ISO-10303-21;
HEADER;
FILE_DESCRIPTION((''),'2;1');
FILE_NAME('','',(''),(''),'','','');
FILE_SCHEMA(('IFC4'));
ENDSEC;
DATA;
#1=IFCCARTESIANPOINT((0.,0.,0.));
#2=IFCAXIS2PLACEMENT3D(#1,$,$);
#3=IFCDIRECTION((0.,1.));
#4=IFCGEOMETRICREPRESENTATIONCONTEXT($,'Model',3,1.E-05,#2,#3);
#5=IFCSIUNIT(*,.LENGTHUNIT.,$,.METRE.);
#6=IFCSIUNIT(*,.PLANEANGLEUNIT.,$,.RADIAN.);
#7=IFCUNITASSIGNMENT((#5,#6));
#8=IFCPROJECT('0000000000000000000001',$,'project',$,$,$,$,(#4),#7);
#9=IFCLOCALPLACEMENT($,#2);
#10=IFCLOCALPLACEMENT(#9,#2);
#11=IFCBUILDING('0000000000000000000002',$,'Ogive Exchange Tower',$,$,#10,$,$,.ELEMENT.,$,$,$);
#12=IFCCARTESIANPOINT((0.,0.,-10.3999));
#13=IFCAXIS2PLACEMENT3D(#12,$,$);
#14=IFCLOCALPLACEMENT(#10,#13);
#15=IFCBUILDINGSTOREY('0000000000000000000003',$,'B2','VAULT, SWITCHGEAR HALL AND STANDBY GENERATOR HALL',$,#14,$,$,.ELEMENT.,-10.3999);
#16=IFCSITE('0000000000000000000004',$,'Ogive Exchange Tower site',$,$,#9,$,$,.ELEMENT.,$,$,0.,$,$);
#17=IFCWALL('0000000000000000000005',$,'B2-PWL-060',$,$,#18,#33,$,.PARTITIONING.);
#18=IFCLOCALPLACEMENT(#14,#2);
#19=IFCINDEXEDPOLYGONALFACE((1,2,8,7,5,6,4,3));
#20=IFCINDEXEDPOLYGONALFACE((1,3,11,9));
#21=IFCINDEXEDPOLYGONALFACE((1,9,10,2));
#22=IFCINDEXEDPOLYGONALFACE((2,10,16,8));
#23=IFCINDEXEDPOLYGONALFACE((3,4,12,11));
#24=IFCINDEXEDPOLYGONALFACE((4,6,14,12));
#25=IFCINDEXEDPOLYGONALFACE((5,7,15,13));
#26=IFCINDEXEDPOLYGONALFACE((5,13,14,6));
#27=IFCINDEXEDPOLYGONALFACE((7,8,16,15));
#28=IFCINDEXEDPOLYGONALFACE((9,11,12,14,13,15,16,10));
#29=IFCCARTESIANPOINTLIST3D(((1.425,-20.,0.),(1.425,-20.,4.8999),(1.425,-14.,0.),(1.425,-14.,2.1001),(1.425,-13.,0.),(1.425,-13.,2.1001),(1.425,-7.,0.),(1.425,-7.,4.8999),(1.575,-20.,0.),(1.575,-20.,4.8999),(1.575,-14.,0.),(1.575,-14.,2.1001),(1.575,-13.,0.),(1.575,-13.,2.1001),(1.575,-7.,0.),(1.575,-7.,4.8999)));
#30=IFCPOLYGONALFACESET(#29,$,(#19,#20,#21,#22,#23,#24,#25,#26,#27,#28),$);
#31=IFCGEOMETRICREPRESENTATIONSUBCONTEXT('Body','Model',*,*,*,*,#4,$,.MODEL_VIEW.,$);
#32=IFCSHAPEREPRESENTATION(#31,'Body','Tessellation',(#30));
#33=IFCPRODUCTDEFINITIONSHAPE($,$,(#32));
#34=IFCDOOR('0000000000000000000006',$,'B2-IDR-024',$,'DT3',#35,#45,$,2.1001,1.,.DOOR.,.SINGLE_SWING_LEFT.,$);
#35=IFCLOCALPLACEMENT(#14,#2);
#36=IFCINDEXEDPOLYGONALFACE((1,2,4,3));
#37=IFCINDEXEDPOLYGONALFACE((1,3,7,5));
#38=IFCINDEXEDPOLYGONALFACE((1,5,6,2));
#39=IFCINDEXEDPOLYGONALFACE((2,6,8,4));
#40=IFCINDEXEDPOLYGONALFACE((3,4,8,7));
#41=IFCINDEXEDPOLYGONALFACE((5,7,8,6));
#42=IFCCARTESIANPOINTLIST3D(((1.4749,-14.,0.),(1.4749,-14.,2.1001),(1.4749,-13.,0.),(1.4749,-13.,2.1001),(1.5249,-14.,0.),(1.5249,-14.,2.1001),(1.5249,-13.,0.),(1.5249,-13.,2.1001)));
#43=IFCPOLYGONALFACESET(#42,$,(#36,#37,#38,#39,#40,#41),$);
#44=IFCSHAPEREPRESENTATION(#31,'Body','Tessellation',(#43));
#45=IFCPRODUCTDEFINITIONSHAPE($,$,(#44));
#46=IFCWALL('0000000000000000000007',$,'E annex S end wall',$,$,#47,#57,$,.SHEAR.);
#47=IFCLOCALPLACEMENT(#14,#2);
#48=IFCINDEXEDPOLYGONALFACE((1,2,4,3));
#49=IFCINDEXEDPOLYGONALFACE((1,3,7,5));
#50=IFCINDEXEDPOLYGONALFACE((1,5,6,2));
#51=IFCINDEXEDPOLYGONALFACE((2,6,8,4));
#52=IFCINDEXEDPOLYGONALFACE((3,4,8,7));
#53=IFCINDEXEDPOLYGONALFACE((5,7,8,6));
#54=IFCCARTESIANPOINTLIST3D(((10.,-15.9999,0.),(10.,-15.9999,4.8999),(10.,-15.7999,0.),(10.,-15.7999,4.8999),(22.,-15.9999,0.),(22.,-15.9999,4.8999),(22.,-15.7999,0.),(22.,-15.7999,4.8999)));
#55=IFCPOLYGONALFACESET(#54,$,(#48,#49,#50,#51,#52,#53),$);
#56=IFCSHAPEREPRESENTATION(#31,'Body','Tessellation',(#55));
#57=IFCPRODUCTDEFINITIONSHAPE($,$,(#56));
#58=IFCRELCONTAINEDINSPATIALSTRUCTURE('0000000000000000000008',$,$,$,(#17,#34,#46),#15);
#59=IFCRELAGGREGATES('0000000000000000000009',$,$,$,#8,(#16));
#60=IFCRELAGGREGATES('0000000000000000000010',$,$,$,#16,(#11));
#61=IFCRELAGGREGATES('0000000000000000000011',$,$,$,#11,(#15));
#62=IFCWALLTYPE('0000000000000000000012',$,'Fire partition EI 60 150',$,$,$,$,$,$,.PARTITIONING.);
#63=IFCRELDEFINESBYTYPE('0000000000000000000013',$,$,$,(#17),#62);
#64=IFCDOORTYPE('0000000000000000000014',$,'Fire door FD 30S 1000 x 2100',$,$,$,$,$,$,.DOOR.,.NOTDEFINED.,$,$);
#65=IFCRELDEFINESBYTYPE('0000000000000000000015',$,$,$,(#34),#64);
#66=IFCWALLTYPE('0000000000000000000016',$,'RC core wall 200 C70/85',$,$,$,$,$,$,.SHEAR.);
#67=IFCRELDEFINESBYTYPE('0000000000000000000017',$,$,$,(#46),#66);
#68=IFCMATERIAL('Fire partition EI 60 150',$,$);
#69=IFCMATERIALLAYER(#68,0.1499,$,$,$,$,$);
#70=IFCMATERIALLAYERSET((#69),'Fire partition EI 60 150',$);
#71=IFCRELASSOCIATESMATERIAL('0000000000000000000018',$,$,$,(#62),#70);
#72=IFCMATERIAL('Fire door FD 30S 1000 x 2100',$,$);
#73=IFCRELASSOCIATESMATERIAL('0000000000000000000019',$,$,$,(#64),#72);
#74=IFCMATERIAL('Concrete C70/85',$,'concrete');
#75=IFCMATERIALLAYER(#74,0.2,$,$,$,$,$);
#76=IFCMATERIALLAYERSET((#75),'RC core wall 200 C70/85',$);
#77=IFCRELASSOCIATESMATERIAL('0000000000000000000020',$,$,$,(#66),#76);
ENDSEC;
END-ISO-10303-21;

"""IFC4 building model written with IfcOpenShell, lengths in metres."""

from ifc_helpers import new_model, si_unit, direction, frame, frame_2d, origin, place, context, subcontext, project, spatial, rectangle, extrude, material, layer, layer_set, type_object, element, fill, save


model = new_model("IFC4")

# Units and contexts
model_context = context("Model", 3, precision=1e-05, world=origin(), true_north=direction((0.0, 1.0)))
body_context = subcontext(model_context, "Body", "Model", "MODEL_VIEW")
ifc_project = project(units=[si_unit("LENGTHUNIT", "METRE"), si_unit("PLANEANGLEUNIT", "RADIAN")], contexts=[model_context])

# Site, building, storey
site_placement = place(None, origin())
site = spatial("IfcSite", under=ifc_project, at=site_placement, Name="Ogive Exchange Tower site", CompositionType="ELEMENT", RefElevation=0.0)
building_placement = place(site_placement, origin())
building = spatial("IfcBuilding", under=site, at=building_placement, Name="Ogive Exchange Tower", CompositionType="ELEMENT")
storey_placement = place(building_placement, frame((0.0, 0.0, -10.3999)))
storey = spatial("IfcBuildingStorey", under=building, at=storey_placement, Name="B2", Description="VAULT, SWITCHGEAR HALL AND STANDBY GENERATOR HALL", CompositionType="ELEMENT", Elevation=-10.3999)

# Shared definitions
ifc_material_1 = material(Name="Fire partition EI 60 150")
ifc_layer_1 = layer(ifc_material_1, 0.1499)
ifc_layer_set_1 = layer_set([ifc_layer_1], Name="Fire partition EI 60 150")
wall_type_1 = type_object("IfcWallType", Name="Fire partition EI 60 150", PredefinedType="PARTITIONING", material=ifc_layer_set_1)

# Wall, opening, door
wall_1_placement = place(storey_placement, frame((1.5, -20.0, 0.0), z_axis=(0.0, 0.0, 1.0), x_axis=(0.0, 1.0, 0.0)))
wall_1 = element("IfcWall", 1, at=wall_1_placement, inside=storey, type_object=wall_type_1, Name="B2-PWL-060", PredefinedType="PARTITIONING", context=body_context, shape_type="SweptSolid", body=[
    extrude(rectangle(XDim=13.0, YDim=0.1499, at=frame_2d((6.5, 0.0))), origin(), (0.0, 0.0, 1.0), 4.8999),
])
opening_1_placement = place(wall_1_placement, frame((6.0, 0.0, 0.0)))
opening_1 = element("IfcOpeningElement", 2, at=opening_1_placement, cuts=wall_1, PredefinedType="OPENING", context=body_context, shape_type="SweptSolid", body=[
    extrude(rectangle(XDim=1.0, YDim=2.1001, at=frame_2d((0.5, 1.05))), frame((0.0, 0.085, 0.0), z_axis=(0.0, -1.0, 0.0), x_axis=(1.0, 0.0, 0.0)), (0.0, 0.0, 1.0), 0.1699),
])
ifc_material_2 = material(Name="Fire door FD 30S 1000 x 2100")
door_type_1 = type_object("IfcDoorType", Name="Fire door FD 30S 1000 x 2100", OperationType="NOTDEFINED", PredefinedType="DOOR", material=ifc_material_2)
door_1_placement = place(opening_1_placement, frame((1.0, 0.0, 0.0), z_axis=(0.0, 0.0, 1.0), x_axis=(-1.0, 0.0, 0.0)))
door_1 = element("IfcDoor", 3, at=door_1_placement, inside=storey, type_object=door_type_1, Name="B2-IDR-024", ObjectType="DT3", OperationType="SINGLE_SWING_LEFT", OverallHeight=2.1001, OverallWidth=1.0, PredefinedType="DOOR", context=body_context, shape_type="SweptSolid", body=[
    extrude(rectangle(XDim=1.0, YDim=2.1001, at=frame_2d((0.5, 1.05))), frame((0.0, 0.0249, 0.0), z_axis=(0.0, -1.0, 0.0), x_axis=(1.0, 0.0, 0.0)), (0.0, 0.0, 1.0), 0.05),
])
fill(opening_1, door_1)

# Shared definitions
ifc_material_3 = material(Name="Concrete C70/85", Category="concrete")
ifc_layer_2 = layer(ifc_material_3, 0.2)
ifc_layer_set_2 = layer_set([ifc_layer_2], Name="RC core wall 200 C70/85")
wall_type_2 = type_object("IfcWallType", Name="RC core wall 200 C70/85", PredefinedType="SHEAR", material=ifc_layer_set_2)

# Wall
wall_2_placement = place(storey_placement, frame((10.0, -15.8999, 0.0), z_axis=(0.0, 0.0, 1.0), x_axis=(1.0, 0.0, 0.0)))
element("IfcWall", 4, at=wall_2_placement, inside=storey, type_object=wall_type_2, Name="E annex S end wall", PredefinedType="SHEAR", context=body_context, shape_type="SweptSolid", body=[
    extrude(rectangle(XDim=12.0, YDim=0.2, at=frame_2d((6.0, 0.0))), origin(), (0.0, 0.0, 1.0), 4.8999),
])

save(model, "model.ifc")
